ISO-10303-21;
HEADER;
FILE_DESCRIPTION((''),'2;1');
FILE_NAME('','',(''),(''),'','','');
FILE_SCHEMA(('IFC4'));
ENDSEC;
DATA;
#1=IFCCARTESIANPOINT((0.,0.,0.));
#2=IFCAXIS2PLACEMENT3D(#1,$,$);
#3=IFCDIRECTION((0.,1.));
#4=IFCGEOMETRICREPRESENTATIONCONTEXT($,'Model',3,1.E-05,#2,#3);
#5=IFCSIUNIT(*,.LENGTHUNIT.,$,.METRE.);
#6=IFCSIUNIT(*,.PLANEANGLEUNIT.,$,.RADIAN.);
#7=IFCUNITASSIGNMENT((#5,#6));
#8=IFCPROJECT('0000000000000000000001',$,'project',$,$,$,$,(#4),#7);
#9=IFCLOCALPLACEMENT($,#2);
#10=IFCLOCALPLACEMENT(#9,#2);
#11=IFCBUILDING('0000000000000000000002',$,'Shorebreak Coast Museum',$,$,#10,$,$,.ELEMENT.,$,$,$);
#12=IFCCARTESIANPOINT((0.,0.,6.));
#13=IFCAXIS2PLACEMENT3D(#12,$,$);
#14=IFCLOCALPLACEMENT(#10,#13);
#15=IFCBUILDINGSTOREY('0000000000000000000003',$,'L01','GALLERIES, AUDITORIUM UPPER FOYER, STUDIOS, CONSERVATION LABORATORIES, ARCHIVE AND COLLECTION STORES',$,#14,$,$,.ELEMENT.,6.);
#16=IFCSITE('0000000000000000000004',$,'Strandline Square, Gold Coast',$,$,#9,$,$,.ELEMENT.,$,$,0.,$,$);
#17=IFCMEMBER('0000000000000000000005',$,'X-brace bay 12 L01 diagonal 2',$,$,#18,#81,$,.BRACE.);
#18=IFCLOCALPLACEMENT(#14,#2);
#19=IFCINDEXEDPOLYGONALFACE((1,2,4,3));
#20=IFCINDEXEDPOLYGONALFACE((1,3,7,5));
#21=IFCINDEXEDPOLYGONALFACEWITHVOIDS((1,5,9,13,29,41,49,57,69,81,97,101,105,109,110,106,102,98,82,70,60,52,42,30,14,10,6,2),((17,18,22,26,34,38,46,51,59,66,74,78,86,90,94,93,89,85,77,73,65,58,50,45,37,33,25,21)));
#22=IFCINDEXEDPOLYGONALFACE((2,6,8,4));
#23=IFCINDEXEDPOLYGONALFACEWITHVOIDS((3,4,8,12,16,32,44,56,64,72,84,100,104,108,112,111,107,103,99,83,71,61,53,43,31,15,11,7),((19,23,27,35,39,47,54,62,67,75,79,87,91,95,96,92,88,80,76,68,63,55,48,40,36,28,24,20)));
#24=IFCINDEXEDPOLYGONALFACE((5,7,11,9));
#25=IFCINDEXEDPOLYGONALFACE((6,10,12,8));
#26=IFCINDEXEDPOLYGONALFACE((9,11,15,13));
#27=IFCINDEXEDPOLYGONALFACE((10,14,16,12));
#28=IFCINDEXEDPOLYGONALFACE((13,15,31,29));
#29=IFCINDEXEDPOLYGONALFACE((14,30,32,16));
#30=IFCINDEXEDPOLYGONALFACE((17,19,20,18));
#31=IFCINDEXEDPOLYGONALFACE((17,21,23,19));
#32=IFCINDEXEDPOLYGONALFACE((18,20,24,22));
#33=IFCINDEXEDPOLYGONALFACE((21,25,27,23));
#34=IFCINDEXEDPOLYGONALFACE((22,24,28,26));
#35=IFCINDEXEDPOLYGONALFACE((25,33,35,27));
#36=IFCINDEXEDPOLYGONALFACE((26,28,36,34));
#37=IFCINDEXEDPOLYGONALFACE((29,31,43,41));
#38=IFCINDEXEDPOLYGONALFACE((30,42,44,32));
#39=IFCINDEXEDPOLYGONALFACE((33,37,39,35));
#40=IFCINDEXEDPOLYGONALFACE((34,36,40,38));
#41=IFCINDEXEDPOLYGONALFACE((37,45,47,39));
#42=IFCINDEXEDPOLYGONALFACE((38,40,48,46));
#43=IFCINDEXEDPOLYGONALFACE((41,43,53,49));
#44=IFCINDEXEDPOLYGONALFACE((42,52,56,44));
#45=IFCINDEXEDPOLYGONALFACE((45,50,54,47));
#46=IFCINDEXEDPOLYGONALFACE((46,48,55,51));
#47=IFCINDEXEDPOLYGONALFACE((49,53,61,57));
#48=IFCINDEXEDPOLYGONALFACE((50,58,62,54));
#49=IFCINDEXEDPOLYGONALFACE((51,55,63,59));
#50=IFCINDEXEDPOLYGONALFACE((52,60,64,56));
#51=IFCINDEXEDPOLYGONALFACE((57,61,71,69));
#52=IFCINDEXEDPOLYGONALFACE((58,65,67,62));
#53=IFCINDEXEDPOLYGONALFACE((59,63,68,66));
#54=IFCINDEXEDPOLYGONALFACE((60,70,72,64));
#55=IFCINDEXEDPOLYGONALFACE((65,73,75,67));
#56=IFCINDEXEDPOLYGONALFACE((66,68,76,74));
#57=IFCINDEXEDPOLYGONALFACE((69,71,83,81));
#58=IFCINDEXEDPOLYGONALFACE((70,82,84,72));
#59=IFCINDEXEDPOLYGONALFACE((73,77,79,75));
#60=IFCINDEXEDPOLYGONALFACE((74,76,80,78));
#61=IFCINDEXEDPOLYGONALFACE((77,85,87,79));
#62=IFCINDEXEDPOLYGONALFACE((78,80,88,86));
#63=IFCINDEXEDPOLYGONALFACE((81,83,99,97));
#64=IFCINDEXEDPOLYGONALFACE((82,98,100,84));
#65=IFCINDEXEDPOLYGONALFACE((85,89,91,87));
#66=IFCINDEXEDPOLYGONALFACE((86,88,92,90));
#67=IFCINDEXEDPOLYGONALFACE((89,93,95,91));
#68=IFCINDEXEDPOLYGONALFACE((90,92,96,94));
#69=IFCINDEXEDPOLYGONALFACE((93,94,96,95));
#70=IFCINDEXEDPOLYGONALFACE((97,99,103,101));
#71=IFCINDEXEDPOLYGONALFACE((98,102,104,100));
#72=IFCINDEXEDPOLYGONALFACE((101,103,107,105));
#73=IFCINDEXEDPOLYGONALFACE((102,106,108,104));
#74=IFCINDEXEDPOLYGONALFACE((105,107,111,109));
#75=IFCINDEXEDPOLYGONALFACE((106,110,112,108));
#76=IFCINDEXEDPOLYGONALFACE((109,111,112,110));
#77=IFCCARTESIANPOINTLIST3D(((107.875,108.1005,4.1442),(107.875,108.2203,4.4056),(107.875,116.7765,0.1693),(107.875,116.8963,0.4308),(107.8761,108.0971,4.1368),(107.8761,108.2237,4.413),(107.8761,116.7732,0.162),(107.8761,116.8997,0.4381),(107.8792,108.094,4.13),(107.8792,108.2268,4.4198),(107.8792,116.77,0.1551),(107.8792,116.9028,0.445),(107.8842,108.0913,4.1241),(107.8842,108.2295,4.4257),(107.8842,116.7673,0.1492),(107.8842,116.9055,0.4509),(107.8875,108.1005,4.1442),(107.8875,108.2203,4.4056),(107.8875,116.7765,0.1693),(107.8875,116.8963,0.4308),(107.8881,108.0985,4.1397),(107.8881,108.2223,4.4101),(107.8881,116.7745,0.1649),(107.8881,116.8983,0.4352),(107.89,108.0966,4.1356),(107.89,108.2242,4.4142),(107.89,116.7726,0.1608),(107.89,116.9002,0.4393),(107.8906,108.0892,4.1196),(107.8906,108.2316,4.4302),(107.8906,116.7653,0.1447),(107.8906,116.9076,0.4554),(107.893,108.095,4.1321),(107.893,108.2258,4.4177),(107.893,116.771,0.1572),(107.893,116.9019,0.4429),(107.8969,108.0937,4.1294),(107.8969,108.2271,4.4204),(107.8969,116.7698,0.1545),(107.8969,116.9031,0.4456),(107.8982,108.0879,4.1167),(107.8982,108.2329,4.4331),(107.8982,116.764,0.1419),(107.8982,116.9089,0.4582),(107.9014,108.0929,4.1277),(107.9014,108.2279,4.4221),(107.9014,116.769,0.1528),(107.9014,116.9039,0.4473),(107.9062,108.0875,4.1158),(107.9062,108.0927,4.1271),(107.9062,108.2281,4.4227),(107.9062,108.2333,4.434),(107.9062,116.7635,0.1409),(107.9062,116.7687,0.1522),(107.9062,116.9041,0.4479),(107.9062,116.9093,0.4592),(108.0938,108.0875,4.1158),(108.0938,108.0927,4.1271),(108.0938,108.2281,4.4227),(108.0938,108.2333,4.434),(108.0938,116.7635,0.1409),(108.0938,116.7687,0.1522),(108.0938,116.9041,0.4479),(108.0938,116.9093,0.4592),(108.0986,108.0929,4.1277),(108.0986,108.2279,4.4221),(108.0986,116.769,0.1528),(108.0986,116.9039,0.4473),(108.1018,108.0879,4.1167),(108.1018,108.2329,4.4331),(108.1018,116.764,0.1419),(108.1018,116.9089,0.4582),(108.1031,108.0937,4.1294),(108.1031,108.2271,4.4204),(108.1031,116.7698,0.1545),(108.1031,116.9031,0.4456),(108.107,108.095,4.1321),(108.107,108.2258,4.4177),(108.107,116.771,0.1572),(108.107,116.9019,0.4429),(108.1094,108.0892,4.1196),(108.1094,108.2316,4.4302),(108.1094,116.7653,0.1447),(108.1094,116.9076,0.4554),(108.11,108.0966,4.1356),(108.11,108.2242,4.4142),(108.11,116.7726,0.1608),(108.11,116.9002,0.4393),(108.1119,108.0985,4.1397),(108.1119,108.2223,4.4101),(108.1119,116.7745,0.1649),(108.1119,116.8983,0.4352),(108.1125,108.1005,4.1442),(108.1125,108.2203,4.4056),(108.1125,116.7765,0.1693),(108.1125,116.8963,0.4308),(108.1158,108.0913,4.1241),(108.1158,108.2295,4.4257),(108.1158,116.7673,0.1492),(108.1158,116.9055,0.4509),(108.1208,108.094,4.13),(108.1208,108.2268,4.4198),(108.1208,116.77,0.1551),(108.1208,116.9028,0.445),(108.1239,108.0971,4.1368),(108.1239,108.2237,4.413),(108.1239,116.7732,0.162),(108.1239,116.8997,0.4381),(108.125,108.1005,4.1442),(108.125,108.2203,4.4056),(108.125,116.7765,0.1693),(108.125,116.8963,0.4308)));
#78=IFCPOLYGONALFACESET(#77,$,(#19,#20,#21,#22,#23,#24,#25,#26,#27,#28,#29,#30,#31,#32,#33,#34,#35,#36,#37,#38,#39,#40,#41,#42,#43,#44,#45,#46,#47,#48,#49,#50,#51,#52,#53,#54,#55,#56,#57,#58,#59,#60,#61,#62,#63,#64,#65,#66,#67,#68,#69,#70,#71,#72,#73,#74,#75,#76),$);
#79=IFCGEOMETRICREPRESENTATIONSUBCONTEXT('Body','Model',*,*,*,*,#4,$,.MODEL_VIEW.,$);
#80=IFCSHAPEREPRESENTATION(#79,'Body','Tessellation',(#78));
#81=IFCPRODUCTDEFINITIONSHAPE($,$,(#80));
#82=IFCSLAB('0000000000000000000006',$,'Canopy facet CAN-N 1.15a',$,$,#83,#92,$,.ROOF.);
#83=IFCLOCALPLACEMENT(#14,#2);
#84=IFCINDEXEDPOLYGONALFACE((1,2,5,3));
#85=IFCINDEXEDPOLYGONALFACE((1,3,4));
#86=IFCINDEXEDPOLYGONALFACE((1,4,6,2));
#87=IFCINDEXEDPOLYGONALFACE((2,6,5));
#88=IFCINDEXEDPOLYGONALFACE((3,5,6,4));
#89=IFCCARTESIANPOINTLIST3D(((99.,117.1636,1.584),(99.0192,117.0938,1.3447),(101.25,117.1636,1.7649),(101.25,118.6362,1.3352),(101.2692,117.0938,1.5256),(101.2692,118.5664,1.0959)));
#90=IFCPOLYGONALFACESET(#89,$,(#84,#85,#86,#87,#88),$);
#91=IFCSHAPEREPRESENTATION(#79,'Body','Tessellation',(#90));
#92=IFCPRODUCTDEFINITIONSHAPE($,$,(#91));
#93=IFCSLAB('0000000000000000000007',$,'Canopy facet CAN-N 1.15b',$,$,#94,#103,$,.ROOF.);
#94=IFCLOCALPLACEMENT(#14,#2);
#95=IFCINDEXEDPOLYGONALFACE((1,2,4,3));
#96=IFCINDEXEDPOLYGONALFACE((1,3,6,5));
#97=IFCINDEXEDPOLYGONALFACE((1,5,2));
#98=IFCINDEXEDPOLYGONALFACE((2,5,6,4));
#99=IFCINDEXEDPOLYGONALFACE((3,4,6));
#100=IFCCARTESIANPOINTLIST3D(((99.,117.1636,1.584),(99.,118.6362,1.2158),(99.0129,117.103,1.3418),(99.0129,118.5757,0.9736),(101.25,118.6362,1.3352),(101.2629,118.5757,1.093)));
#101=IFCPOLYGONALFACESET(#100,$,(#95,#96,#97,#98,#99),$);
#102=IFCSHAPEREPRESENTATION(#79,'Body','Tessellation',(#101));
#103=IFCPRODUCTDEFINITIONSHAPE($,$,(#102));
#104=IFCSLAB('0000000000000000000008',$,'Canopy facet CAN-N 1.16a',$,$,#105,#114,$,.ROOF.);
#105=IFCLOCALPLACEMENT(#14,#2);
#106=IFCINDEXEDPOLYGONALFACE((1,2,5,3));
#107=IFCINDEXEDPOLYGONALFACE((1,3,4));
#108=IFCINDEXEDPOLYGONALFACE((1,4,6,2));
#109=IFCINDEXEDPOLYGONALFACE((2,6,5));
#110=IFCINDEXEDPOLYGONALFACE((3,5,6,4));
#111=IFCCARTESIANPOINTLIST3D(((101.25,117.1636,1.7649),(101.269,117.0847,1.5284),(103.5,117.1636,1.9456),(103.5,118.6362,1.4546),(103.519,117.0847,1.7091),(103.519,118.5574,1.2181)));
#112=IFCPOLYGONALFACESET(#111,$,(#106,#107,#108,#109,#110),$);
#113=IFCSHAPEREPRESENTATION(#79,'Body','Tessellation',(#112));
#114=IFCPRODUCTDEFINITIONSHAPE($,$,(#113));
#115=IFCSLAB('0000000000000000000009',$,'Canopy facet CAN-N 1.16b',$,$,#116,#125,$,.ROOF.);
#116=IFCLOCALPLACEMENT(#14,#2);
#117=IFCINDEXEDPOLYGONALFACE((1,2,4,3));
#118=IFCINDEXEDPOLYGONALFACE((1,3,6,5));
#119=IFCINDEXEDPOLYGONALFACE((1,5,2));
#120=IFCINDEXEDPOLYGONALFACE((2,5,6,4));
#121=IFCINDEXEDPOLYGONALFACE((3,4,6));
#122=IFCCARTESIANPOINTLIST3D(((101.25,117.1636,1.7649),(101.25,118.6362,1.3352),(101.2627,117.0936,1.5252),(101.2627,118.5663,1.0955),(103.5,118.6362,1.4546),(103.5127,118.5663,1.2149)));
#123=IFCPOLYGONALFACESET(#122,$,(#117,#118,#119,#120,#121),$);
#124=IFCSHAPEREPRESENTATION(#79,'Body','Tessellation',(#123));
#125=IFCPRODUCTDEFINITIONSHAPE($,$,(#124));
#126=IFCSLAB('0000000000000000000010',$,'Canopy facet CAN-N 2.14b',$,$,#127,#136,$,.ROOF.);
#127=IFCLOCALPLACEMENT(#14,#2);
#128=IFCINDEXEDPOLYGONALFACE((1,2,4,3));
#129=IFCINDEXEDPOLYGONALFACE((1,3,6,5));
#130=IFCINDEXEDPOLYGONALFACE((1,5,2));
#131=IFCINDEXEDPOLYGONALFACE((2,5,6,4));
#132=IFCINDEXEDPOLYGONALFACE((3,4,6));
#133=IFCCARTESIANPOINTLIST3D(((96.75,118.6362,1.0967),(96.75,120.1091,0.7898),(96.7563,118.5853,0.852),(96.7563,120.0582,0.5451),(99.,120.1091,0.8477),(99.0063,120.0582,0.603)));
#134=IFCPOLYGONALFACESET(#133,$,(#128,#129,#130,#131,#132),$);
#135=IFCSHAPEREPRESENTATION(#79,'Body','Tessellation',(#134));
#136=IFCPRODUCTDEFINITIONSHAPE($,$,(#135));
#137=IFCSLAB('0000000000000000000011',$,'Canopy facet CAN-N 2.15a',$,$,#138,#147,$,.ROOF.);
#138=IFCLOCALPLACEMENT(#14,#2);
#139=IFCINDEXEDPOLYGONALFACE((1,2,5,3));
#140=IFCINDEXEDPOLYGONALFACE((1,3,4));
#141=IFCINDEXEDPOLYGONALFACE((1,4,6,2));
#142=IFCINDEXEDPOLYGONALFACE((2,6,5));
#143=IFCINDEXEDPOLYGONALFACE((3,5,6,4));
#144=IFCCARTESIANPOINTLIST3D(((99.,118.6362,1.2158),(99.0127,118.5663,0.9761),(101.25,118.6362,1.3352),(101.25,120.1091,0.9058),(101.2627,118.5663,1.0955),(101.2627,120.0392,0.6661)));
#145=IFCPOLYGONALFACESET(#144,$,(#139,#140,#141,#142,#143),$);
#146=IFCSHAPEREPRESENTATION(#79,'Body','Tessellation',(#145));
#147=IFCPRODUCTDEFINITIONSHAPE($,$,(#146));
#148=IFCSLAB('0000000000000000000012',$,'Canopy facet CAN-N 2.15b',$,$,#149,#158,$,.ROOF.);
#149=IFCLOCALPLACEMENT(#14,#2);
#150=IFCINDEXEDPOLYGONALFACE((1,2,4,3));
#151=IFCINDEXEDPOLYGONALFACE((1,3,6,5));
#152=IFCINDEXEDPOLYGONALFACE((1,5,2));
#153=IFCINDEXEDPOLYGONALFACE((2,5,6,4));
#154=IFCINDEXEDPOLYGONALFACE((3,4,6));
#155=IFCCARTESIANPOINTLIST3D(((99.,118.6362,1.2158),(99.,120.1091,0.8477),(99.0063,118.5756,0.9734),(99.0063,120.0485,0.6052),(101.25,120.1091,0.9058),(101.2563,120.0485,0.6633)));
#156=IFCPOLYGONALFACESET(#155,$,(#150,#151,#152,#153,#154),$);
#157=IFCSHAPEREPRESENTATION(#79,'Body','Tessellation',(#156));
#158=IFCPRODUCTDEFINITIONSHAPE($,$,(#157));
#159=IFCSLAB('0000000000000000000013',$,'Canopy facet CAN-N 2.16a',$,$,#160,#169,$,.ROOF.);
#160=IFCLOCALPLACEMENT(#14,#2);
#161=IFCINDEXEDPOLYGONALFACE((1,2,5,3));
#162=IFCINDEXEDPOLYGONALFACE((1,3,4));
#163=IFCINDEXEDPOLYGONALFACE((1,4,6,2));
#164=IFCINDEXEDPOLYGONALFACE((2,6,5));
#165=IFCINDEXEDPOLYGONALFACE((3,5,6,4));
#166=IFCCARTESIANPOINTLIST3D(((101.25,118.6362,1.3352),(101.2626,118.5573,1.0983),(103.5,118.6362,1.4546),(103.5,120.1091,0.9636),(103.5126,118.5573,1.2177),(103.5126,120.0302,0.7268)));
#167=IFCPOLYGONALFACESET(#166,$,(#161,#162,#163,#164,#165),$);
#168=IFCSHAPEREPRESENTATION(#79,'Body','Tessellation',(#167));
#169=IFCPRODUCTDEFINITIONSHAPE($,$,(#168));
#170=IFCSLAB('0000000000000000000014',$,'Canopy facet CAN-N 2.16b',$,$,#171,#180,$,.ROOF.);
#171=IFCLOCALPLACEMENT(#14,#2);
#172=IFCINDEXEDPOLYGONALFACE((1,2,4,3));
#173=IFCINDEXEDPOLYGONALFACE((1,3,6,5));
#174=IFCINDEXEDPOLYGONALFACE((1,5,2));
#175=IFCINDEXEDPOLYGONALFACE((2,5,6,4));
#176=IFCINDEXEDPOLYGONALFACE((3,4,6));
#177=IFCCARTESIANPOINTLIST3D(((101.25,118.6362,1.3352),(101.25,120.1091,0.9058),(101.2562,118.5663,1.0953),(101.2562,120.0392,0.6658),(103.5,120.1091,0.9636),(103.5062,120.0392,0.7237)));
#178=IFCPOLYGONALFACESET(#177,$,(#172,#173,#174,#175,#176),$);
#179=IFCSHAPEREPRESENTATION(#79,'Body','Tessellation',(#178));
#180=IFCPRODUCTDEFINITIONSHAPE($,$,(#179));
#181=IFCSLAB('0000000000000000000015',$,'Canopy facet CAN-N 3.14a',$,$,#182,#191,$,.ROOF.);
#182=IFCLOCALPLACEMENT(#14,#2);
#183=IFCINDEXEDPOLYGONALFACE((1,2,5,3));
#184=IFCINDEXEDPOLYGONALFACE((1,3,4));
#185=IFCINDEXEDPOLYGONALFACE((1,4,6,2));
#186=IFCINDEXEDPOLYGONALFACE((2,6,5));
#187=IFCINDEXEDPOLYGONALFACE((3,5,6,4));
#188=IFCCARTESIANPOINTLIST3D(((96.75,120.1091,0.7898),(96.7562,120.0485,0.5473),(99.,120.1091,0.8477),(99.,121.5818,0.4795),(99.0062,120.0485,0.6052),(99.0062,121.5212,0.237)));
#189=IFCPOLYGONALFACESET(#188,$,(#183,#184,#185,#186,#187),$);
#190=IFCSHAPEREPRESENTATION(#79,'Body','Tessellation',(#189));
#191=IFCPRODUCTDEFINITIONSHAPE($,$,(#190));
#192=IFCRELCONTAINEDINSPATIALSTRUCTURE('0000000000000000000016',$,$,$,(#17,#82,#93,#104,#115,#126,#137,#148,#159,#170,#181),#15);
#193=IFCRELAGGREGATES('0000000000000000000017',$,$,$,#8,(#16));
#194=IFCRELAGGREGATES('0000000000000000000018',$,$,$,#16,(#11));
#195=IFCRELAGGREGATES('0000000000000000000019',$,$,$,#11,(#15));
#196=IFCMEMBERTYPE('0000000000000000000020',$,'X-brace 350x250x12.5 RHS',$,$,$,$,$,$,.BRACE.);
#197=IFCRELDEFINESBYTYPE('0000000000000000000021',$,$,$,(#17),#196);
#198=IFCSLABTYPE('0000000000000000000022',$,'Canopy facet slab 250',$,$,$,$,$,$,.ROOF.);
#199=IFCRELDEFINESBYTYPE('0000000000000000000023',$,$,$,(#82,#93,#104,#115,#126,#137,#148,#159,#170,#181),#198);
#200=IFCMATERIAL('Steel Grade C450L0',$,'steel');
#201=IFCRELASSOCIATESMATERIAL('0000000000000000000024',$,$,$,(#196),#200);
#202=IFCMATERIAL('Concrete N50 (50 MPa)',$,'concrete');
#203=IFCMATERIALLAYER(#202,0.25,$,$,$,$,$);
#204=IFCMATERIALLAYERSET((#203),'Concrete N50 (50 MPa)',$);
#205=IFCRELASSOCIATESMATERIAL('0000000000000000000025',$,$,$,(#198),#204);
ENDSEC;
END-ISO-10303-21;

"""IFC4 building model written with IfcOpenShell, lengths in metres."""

from ifc_helpers import new_model, si_unit, direction, frame, origin, origin_2d, place, context, subcontext, project, spatial, polyline, hollow_rectangle, outline, extrude, material, layer, layer_set, material_profile, profile_set, type_object, element, save


model = new_model("IFC4")

# Units and contexts
model_context = context("Model", 3, precision=1e-05, world=origin(), true_north=direction((0.0, 1.0)))
body_context = subcontext(model_context, "Body", "Model", "MODEL_VIEW")
ifc_project = project(units=[si_unit("LENGTHUNIT", "METRE"), si_unit("PLANEANGLEUNIT", "RADIAN")], contexts=[model_context])

# Site, building, storey
site_placement = place(None, origin())
site = spatial("IfcSite", under=ifc_project, at=site_placement, Name="Strandline Square, Gold Coast", CompositionType="ELEMENT", RefElevation=0.0)
building_placement = place(site_placement, origin())
building = spatial("IfcBuilding", under=site, at=building_placement, Name="Shorebreak Coast Museum", CompositionType="ELEMENT")
storey_placement = place(building_placement, frame((0.0, 0.0, 6.0)))
storey = spatial("IfcBuildingStorey", under=building, at=storey_placement, Name="L01", Description="GALLERIES, AUDITORIUM UPPER FOYER, STUDIOS, CONSERVATION LABORATORIES, ARCHIVE AND COLLECTION STORES", CompositionType="ELEMENT", Elevation=6.0)

# Member
ifc_material_1 = material(Name="Steel Grade C450L0", Category="steel")
ifc_material_profile_1 = material_profile(ifc_material_1, hollow_rectangle(XDim=0.25, YDim=0.3501, WallThickness=0.0125, InnerFilletRadius=0.0188, OuterFilletRadius=0.0312, at=origin_2d()), Name="350x250x12.5 RHS")
ifc_profile_set_1 = profile_set([ifc_material_profile_1], Name="Steel Grade C450L0")
member_type = type_object("IfcMemberType", Name="X-brace 350x250x12.5 RHS", PredefinedType="BRACE", material=ifc_profile_set_1)
member_placement = place(storey_placement, frame((108.0, 116.8364, 0.3), z_axis=(0.0, -0.909131, 0.416511), x_axis=(1.0, 0.0, 0.0)))
element("IfcMember", 1, at=member_placement, inside=storey, type_object=member_type, Name="X-brace bay 12 L01 diagonal 2", PredefinedType="BRACE", context=body_context, shape_type="SweptSolid", body=[
    extrude(hollow_rectangle(XDim=0.25, YDim=0.3501, WallThickness=0.0125, InnerFilletRadius=0.0188, OuterFilletRadius=0.0312, at=origin_2d()), origin(), (0.0, 0.0, 1.0), 9.5432),
])

# Slabs
ifc_material_2 = material(Name="Concrete N50 (50 MPa)", Category="concrete")
ifc_layer_1 = layer(ifc_material_2, 0.25)
ifc_layer_set_1 = layer_set([ifc_layer_1], Name="Concrete N50 (50 MPa)")
slab_type = type_object("IfcSlabType", Name="Canopy facet slab 250", PredefinedType="ROOF", material=ifc_layer_set_1)
slab_1_placement = place(storey_placement, frame((99.0, 117.1636, 1.584), z_axis=(-0.076956, 0.279267, 0.957125), x_axis=(0.996783, 0.0, 0.080145)))
element("IfcSlab", 2, at=slab_1_placement, inside=storey, type_object=slab_type, Name="Canopy facet CAN-N 1.15a", PredefinedType="ROOF", context=body_context, shape_type="SweptSolid", body=[
    extrude(outline(polyline([(0.0, 0.0), (2.2573, 0.0), (2.2228, 1.5337), (0.0, 0.0)])), origin(), (0.0, 0.0, -1.0), 0.25),
])
slab_2_placement = place(storey_placement, frame((99.0, 117.1636, 1.584), z_axis=(-0.051408, 0.242215, 0.96886), x_axis=(0.833156, 0.545312, -0.092121)))
element("IfcSlab", 3, at=slab_2_placement, inside=storey, type_object=slab_type, Name="Canopy facet CAN-N 1.15b", PredefinedType="ROOF", context=body_context, shape_type="SweptSolid", body=[
    extrude(outline(polyline([(0.0, 0.0), (2.7006, 0.0), (0.837, 1.2664), (0.0, 0.0)])), origin(), (0.0, 0.0, -1.0), 0.25),
])
slab_3_placement = place(storey_placement, frame((101.25, 117.1636, 1.7649), z_axis=(-0.075953, 0.315361, 0.945927), x_axis=(0.996792, 0.0, 0.080038)))
element("IfcSlab", 4, at=slab_3_placement, inside=storey, type_object=slab_type, Name="Canopy facet CAN-N 1.16a", PredefinedType="ROOF", context=body_context, shape_type="SweptSolid", body=[
    extrude(outline(polyline([(0.0, 0.0), (2.2572, 0.0), (2.2179, 1.5518), (0.0, 0.0)])), origin(), (0.0, 0.0, -1.0), 0.25),
])
slab_4_placement = place(storey_placement, frame((101.25, 117.1636, 1.7649), z_axis=(-0.05087, 0.279735, 0.958729), x_axis=(0.831198, 0.544031, -0.114632)))
element("IfcSlab", 5, at=slab_4_placement, inside=storey, type_object=slab_type, Name="Canopy facet CAN-N 1.16b", PredefinedType="ROOF", context=body_context, shape_type="SweptSolid", body=[
    extrude(outline(polyline([(0.0, 0.0), (2.7069, 0.0), (0.8504, 1.2768), (0.0, 0.0)])), origin(), (0.0, 0.0, -1.0), 0.25),
])
slab_5_placement = place(storey_placement, frame((96.75, 118.6362, 1.0967), z_axis=(-0.025168, 0.203909, 0.978666), x_axis=(0.833108, 0.545371, -0.092206)))
element("IfcSlab", 6, at=slab_5_placement, inside=storey, type_object=slab_type, Name="Canopy facet CAN-N 2.14b", PredefinedType="ROOF", context=body_context, shape_type="SweptSolid", body=[
    extrude(outline(polyline([(0.0, 0.0), (2.7007, 0.0), (0.8316, 1.2538), (0.0, 0.0)])), origin(), (0.0, 0.0, -1.0), 0.25),
])
slab_6_placement = place(storey_placement, frame((99.0, 118.6362, 1.2158), z_axis=(-0.050873, 0.279546, 0.958784), x_axis=(0.998595, 0.0, 0.052985)))
element("IfcSlab", 7, at=slab_6_placement, inside=storey, type_object=slab_type, Name="Canopy facet CAN-N 2.15a", PredefinedType="ROOF", context=body_context, shape_type="SweptSolid", body=[
    extrude(outline(polyline([(0.0, 0.0), (2.2532, 0.0), (2.2304, 1.5341), (0.0, 0.0)])), origin(), (0.0, 0.0, -1.0), 0.25),
])
slab_7_placement = place(storey_placement, frame((99.0, 118.6362, 1.2158), z_axis=(-0.025046, 0.242422, 0.969848), x_axis=(0.831166, 0.5441, -0.114538)))
element("IfcSlab", 8, at=slab_7_placement, inside=storey, type_object=slab_type, Name="Canopy facet CAN-N 2.15b", PredefinedType="ROOF", context=body_context, shape_type="SweptSolid", body=[
    extrude(outline(polyline([(0.0, 0.0), (2.707, 0.0), (0.8436, 1.2623), (0.0, 0.0)])), origin(), (0.0, 0.0, -1.0), 0.25),
])
slab_8_placement = place(storey_placement, frame((101.25, 118.6362, 1.3352), z_axis=(-0.050273, 0.315828, 0.947484), x_axis=(0.998595, 0.0, 0.052985)))
element("IfcSlab", 9, at=slab_8_placement, inside=storey, type_object=slab_type, Name="Canopy facet CAN-N 2.16a", PredefinedType="ROOF", context=body_context, shape_type="SweptSolid", body=[
    extrude(outline(polyline([(0.0, 0.0), (2.2532, 0.0), (2.2272, 1.5524), (0.0, 0.0)])), origin(), (0.0, 0.0, -1.0), 0.25),
])
slab_9_placement = place(storey_placement, frame((101.25, 118.6362, 1.3352), z_axis=(-0.024681, 0.279823, 0.959734), x_axis=(0.828798, 0.54255, -0.136874)))
element("IfcSlab", 10, at=slab_9_placement, inside=storey, type_object=slab_type, Name="Canopy facet CAN-N 2.16b", PredefinedType="ROOF", context=body_context, shape_type="SweptSolid", body=[
    extrude(outline(polyline([(0.0, 0.0), (2.7148, 0.0), (0.8579, 1.272), (0.0, 0.0)])), origin(), (0.0, 0.0, -1.0), 0.25),
])
slab_10_placement = place(storey_placement, frame((96.75, 120.1091, 0.7898), z_axis=(-0.024941, 0.24246, 0.969841), x_axis=(0.99967, 0.0, 0.025708)))
element("IfcSlab", 11, at=slab_10_placement, inside=storey, type_object=slab_type, Name="Canopy facet CAN-N 3.14a", PredefinedType="ROOF", context=body_context, shape_type="SweptSolid", body=[
    extrude(outline(polyline([(0.0, 0.0), (2.2507, 0.0), (2.2413, 1.5179), (0.0, 0.0)])), origin(), (0.0, 0.0, -1.0), 0.25),
])

save(model, "model.ifc")
